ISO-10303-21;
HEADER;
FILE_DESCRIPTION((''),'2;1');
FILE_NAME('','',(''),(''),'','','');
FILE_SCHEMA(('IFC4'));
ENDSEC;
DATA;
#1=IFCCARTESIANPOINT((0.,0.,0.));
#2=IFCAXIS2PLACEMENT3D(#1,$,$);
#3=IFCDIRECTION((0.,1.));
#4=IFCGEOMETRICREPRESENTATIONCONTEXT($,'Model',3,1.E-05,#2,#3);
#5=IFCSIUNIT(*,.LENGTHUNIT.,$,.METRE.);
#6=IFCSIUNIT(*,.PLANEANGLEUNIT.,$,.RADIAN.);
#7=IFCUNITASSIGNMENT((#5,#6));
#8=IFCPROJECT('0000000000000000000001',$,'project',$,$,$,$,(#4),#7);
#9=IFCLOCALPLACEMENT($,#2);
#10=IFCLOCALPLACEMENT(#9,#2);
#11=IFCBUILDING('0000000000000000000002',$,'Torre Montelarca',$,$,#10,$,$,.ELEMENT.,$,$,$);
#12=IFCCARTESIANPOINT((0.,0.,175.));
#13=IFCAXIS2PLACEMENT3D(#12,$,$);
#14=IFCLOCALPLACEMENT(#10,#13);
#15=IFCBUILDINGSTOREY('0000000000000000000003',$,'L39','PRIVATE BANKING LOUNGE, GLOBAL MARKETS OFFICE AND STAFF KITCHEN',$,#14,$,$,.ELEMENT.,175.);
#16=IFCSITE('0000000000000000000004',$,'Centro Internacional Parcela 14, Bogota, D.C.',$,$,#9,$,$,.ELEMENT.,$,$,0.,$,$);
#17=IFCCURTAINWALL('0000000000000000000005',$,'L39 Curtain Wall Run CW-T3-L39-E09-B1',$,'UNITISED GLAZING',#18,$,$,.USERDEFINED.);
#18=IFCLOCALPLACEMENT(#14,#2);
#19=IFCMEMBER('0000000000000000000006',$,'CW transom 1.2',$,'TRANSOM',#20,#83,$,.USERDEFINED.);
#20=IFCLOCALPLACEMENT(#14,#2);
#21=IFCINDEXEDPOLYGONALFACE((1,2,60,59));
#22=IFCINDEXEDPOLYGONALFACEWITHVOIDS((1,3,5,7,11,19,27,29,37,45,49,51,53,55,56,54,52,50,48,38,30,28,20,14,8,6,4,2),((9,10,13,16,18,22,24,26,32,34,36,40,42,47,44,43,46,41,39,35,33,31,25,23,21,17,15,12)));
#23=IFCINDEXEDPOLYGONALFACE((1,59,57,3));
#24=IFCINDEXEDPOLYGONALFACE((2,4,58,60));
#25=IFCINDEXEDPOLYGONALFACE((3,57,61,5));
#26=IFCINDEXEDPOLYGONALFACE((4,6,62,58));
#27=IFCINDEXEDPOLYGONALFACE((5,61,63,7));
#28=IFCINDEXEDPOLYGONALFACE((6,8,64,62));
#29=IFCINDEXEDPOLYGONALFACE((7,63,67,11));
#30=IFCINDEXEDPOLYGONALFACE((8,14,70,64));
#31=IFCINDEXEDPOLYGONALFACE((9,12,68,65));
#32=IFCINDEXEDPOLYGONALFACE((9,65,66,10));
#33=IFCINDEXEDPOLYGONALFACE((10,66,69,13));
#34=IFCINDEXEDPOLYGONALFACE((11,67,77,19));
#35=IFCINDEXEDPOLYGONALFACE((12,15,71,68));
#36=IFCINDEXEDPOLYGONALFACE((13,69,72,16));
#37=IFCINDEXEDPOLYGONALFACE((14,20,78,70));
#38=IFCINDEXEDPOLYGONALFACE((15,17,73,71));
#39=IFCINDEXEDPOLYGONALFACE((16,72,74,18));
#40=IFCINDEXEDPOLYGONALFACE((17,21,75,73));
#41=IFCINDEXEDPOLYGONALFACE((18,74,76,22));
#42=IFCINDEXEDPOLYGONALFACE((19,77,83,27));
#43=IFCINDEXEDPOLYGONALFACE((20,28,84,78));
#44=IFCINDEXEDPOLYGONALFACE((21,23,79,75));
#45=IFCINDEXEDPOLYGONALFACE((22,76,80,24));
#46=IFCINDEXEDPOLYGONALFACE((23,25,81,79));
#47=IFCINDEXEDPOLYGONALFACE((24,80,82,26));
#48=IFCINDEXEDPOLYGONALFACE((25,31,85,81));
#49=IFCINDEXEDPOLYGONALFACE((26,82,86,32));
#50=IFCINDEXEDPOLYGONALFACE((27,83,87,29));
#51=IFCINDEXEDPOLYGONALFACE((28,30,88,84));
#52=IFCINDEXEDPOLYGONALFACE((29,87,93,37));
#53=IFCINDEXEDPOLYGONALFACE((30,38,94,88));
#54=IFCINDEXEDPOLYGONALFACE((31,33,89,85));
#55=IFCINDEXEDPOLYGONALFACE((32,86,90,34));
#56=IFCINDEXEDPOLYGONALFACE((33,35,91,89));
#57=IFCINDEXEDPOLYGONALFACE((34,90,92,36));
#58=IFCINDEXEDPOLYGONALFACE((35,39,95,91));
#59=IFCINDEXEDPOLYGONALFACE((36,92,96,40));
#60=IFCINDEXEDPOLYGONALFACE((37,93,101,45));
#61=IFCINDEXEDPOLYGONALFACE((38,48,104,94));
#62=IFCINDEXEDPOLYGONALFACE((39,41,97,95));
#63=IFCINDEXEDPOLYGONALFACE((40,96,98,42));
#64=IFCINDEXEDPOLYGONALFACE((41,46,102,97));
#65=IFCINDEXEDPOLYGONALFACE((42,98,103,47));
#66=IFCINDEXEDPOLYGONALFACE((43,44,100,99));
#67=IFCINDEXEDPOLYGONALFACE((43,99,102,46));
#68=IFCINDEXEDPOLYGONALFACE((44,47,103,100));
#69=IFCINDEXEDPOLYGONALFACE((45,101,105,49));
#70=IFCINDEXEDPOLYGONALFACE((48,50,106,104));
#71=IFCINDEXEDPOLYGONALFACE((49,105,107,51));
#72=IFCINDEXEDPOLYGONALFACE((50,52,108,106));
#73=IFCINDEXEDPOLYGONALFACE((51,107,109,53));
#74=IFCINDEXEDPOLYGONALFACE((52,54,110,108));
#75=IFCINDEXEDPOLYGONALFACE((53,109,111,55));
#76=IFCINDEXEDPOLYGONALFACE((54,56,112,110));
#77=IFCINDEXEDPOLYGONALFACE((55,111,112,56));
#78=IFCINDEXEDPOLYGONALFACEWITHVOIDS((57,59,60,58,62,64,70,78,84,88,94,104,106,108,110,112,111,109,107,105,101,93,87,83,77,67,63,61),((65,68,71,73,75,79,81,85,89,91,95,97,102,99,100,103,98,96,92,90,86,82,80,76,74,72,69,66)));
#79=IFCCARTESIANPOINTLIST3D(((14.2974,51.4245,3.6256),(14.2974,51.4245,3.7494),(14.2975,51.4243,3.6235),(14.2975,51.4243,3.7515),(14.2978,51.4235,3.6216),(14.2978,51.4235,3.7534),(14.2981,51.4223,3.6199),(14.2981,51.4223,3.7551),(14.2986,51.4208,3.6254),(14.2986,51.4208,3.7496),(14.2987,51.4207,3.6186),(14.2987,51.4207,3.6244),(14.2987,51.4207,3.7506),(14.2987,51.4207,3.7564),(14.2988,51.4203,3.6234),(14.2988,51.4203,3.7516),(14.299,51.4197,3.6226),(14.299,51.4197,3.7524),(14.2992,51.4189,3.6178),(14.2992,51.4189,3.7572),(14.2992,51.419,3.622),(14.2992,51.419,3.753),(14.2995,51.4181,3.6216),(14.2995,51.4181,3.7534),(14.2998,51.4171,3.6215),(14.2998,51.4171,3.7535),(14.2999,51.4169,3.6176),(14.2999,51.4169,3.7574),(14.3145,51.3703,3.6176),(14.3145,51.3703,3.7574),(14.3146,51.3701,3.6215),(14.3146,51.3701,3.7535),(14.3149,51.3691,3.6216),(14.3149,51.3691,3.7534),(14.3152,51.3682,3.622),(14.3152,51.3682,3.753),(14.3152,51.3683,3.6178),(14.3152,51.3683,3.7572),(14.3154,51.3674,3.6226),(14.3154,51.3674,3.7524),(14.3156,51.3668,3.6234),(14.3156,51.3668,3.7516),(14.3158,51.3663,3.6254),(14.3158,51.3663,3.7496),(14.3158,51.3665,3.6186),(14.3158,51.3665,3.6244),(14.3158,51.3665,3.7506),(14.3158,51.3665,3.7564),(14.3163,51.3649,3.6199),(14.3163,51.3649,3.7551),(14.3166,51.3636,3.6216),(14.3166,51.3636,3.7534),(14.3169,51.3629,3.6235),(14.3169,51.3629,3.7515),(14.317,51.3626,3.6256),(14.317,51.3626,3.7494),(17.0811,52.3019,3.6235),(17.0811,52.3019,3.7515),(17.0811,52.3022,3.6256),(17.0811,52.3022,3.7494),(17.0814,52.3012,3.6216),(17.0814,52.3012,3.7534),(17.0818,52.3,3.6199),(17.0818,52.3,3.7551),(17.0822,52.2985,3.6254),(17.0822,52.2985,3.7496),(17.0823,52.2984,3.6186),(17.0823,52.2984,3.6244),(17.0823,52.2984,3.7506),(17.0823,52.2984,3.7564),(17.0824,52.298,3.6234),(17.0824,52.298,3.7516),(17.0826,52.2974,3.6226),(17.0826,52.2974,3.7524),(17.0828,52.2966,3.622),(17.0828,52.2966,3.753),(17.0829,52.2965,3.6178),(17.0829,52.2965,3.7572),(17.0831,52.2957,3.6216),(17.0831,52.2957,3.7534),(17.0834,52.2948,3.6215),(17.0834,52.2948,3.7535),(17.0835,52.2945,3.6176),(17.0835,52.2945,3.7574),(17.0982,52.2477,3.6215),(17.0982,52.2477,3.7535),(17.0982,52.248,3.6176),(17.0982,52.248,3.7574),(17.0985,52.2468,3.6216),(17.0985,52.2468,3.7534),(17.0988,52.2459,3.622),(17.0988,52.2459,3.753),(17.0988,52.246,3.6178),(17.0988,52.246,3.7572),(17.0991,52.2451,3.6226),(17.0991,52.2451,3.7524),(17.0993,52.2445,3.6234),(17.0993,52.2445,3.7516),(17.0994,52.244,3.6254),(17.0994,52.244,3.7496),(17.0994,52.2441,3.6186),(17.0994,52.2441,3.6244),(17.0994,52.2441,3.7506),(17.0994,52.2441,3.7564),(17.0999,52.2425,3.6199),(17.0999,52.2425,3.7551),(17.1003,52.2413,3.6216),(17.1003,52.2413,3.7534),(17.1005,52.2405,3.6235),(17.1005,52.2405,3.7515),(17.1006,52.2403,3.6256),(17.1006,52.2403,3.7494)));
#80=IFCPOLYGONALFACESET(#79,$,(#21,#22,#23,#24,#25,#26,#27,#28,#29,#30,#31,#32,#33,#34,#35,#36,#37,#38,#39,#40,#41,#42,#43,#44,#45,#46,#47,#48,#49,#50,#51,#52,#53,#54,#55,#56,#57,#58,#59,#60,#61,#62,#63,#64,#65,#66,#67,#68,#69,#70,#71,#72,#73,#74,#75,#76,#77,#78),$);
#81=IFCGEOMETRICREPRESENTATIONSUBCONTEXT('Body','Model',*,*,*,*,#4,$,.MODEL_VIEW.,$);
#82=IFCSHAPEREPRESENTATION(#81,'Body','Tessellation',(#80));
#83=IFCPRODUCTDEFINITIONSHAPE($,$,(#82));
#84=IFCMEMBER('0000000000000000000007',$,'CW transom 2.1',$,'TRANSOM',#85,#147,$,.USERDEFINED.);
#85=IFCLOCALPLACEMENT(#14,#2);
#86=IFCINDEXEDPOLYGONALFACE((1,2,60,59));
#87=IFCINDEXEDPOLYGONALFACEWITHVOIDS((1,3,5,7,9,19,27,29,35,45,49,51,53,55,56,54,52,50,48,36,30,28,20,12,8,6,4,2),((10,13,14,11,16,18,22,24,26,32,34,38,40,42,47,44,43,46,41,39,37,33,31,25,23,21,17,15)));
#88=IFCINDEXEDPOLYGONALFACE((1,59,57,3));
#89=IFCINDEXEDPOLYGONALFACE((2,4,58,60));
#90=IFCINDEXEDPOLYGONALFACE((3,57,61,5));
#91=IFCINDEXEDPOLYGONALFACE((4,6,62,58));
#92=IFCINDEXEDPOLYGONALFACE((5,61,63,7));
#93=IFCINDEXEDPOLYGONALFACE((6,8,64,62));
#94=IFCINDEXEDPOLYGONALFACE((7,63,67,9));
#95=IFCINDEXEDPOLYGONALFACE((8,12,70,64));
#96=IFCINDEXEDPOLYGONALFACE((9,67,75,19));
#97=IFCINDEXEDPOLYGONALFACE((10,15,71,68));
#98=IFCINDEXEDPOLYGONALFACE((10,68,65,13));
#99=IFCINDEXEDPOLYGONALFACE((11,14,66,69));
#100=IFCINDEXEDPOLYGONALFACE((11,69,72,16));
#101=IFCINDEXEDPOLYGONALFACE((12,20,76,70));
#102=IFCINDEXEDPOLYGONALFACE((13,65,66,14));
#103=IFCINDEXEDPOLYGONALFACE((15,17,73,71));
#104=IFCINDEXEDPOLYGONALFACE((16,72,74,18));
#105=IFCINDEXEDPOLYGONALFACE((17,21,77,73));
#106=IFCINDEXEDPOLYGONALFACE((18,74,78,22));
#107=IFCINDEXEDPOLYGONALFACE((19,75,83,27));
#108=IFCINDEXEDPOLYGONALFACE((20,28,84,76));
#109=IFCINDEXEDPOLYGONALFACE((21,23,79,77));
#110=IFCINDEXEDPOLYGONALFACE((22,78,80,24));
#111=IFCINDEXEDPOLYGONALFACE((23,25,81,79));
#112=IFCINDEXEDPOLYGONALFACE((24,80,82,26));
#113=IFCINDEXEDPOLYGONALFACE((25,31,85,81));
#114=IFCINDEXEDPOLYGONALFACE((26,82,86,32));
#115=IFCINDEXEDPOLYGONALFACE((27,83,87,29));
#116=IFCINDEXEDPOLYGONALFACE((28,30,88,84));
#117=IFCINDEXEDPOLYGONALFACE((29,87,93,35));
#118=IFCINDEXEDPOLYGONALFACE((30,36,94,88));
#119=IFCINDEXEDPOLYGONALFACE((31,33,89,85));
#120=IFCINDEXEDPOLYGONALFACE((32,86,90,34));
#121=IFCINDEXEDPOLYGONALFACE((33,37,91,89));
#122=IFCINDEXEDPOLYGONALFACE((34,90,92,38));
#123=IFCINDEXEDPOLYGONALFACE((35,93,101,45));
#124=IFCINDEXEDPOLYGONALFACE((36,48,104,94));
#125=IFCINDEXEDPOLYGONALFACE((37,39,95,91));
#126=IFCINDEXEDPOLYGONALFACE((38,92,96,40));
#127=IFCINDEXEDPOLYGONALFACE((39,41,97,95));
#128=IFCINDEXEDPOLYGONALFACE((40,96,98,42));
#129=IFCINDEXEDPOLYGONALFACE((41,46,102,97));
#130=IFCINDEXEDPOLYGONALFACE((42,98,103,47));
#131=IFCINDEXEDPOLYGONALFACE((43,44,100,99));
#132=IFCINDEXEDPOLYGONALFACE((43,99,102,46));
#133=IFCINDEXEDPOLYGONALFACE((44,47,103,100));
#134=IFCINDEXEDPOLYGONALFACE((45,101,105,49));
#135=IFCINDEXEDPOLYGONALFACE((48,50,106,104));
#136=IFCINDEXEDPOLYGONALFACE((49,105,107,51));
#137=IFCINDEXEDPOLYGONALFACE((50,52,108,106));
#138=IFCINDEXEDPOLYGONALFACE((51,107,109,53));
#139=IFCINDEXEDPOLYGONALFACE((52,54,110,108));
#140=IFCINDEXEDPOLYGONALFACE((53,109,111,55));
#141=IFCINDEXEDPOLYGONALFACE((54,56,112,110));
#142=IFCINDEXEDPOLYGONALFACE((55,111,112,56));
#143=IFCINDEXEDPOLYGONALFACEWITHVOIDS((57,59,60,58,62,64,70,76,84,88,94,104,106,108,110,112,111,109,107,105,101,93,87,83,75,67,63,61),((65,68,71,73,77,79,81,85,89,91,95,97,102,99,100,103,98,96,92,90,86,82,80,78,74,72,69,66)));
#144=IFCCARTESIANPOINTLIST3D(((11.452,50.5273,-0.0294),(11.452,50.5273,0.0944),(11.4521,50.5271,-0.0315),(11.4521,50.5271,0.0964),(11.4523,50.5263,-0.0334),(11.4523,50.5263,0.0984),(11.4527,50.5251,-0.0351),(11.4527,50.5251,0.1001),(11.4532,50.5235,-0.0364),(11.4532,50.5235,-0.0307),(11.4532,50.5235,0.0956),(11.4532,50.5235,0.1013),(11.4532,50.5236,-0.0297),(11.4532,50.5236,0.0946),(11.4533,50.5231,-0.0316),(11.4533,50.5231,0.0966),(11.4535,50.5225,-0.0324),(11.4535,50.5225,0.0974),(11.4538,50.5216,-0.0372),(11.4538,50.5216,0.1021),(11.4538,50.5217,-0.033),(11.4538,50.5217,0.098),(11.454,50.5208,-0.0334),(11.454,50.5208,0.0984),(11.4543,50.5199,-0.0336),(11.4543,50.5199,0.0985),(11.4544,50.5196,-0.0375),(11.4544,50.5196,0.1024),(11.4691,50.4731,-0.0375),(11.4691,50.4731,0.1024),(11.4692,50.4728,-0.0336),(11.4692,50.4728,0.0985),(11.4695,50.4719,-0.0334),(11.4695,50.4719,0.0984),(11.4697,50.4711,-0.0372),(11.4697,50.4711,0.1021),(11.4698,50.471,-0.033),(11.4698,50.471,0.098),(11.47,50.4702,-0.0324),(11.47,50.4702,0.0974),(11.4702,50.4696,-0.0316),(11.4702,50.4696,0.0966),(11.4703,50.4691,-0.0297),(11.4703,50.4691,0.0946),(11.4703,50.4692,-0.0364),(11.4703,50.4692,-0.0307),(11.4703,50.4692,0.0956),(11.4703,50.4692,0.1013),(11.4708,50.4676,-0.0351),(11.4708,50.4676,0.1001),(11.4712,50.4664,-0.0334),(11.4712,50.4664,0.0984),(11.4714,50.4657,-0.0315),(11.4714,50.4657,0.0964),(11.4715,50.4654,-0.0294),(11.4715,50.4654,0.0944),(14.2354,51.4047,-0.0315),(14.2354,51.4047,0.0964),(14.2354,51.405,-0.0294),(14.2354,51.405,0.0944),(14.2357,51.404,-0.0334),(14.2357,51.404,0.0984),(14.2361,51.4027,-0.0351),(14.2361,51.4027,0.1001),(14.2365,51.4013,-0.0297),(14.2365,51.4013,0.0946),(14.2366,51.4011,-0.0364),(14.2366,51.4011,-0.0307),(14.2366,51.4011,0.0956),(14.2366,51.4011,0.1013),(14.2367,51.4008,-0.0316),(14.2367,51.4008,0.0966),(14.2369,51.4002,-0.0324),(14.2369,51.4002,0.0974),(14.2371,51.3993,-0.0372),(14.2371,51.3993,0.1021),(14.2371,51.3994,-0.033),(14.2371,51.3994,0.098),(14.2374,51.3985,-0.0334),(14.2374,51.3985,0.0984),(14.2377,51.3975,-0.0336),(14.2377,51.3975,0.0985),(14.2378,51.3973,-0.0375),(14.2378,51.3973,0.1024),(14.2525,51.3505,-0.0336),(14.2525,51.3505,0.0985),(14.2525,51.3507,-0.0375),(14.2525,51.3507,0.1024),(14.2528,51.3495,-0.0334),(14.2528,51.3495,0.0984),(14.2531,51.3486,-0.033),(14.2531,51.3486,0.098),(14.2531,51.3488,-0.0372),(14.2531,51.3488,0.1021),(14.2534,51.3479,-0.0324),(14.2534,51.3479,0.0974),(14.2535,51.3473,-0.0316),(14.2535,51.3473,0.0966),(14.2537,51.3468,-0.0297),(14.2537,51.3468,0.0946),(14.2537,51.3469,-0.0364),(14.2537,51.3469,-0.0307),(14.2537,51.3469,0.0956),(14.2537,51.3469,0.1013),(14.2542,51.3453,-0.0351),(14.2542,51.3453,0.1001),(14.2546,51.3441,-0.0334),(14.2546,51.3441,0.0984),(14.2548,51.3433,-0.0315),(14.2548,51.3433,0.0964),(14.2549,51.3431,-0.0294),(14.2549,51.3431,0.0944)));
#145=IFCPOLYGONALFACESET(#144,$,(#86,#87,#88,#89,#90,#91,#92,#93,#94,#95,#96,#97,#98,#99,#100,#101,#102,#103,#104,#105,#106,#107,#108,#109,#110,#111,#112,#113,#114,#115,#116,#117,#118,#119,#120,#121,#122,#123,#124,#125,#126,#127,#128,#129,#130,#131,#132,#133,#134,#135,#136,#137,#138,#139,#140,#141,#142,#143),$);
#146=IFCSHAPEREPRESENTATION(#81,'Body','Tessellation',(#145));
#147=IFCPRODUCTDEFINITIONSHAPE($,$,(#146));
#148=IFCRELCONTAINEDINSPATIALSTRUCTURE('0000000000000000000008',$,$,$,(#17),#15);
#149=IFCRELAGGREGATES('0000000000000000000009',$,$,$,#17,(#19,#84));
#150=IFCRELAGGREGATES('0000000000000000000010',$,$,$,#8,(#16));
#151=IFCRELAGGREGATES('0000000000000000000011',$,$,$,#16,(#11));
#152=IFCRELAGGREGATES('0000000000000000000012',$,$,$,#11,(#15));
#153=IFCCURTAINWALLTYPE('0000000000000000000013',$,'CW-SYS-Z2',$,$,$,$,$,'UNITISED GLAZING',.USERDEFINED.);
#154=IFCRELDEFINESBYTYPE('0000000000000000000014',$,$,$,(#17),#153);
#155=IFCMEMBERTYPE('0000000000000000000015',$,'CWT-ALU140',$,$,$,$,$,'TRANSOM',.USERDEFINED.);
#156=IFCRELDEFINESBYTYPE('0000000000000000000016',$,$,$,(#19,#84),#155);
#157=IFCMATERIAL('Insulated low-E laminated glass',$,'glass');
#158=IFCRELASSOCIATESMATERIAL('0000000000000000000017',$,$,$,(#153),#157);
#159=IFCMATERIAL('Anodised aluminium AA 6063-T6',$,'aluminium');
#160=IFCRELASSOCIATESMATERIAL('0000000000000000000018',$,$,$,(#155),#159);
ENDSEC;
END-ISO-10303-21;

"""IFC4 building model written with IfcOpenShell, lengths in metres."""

from ifc_helpers import new_model, si_unit, direction, frame, origin, origin_2d, place, context, subcontext, project, spatial, hollow_rectangle, extrude, source, transform, mapped, material, material_profile, profile_set, type_object, element, aggregate, save


model = new_model("IFC4")

# Units and contexts
model_context = context("Model", 3, precision=1e-05, world=origin(), true_north=direction((0.0, 1.0)))
body_context = subcontext(model_context, "Body", "Model", "MODEL_VIEW")
ifc_project = project(units=[si_unit("LENGTHUNIT", "METRE"), si_unit("PLANEANGLEUNIT", "RADIAN")], contexts=[model_context])

# Site, building, storey
site_placement = place(None, origin())
site = spatial("IfcSite", under=ifc_project, at=site_placement, Name="Centro Internacional Parcela 14, Bogota, D.C.", CompositionType="ELEMENT", RefElevation=0.0)
building_placement = place(site_placement, origin())
building = spatial("IfcBuilding", under=site, at=building_placement, Name="Torre Montelarca", CompositionType="ELEMENT")
storey_placement = place(building_placement, frame((0.0, 0.0, 175.0)))
storey = spatial("IfcBuildingStorey", under=building, at=storey_placement, Name="L39", Description="PRIVATE BANKING LOUNGE, GLOBAL MARKETS OFFICE AND STAFF KITCHEN", CompositionType="ELEMENT", Elevation=175.0)

# Curtain wall, members
ifc_material_1 = material(Name="Insulated low-E laminated glass", Category="glass")
curtain_wall_type = type_object("IfcCurtainWallType", Name="CW-SYS-Z2", ElementType="UNITISED GLAZING", PredefinedType="USERDEFINED", material=ifc_material_1)
curtain_wall_1_placement = place(storey_placement, origin())
curtain_wall_1 = element("IfcCurtainWall", 1, at=curtain_wall_1_placement, inside=storey, type_object=curtain_wall_type, Name="L39 Curtain Wall Run CW-T3-L39-E09-B1", ObjectType="UNITISED GLAZING", PredefinedType="USERDEFINED")
ifc_material_2 = material(Name="Anodised aluminium AA 6063-T6", Category="aluminium")
ifc_material_profile_1 = material_profile(ifc_material_2, hollow_rectangle(XDim=0.0649, YDim=0.1399, WallThickness=0.0039, InnerFilletRadius=0.0039, OuterFilletRadius=0.0081, at=origin_2d()), Name="ALU65X140X4", Category="aluminium")
ifc_profile_set_1 = profile_set([ifc_material_profile_1], Name="Anodised aluminium AA 6063-T6")
member_type_1 = type_object("IfcMemberType", Name="CWT-ALU140", ElementType="TRANSOM", PredefinedType="USERDEFINED", material=ifc_profile_set_1)
shared_shape_1 = source(origin(), body_context, "Body", "SweptSolid", [
    extrude(hollow_rectangle(XDim=0.0649, YDim=0.1399, WallThickness=0.0039, InnerFilletRadius=0.0039, OuterFilletRadius=0.0081, at=origin_2d()), origin(), (0.0, 0.0, 1.0), 2.9187),
])
member_1_placement = place(storey_placement, frame((17.0908, 52.2712, 3.6875), z_axis=(-0.953718, -0.300703, 0.0), x_axis=(0.300703, -0.953718, 0.0)))
member_1 = element("IfcMember", 2, at=member_1_placement, type_object=member_type_1, Name="CW transom 1.2", ObjectType="TRANSOM", PredefinedType="USERDEFINED", context=body_context, shape_type="MappedRepresentation", body=[
    mapped(shared_shape_1, transform((0.0, 0.0, 0.0), scale=1.0)),
])
shared_shape_2 = source(origin(), body_context, "Body", "SweptSolid", [
    extrude(hollow_rectangle(XDim=0.0649, YDim=0.1399, WallThickness=0.0039, InnerFilletRadius=0.0039, OuterFilletRadius=0.0081, at=origin_2d()), origin(), (0.0, 0.0, 1.0), 2.9185),
])
member_2_placement = place(storey_placement, frame((14.2451, 51.374, 0.0325), z_axis=(-0.95371, -0.300727, 0.0), x_axis=(0.300727, -0.95371, 0.0)))
member_2 = element("IfcMember", 3, at=member_2_placement, type_object=member_type_1, Name="CW transom 2.1", ObjectType="TRANSOM", PredefinedType="USERDEFINED", context=body_context, shape_type="MappedRepresentation", body=[
    mapped(shared_shape_2, transform((0.0, 0.0, 0.0), scale=1.0)),
])

aggregate(curtain_wall_1, [member_1, member_2])

save(model, "model.ifc")
